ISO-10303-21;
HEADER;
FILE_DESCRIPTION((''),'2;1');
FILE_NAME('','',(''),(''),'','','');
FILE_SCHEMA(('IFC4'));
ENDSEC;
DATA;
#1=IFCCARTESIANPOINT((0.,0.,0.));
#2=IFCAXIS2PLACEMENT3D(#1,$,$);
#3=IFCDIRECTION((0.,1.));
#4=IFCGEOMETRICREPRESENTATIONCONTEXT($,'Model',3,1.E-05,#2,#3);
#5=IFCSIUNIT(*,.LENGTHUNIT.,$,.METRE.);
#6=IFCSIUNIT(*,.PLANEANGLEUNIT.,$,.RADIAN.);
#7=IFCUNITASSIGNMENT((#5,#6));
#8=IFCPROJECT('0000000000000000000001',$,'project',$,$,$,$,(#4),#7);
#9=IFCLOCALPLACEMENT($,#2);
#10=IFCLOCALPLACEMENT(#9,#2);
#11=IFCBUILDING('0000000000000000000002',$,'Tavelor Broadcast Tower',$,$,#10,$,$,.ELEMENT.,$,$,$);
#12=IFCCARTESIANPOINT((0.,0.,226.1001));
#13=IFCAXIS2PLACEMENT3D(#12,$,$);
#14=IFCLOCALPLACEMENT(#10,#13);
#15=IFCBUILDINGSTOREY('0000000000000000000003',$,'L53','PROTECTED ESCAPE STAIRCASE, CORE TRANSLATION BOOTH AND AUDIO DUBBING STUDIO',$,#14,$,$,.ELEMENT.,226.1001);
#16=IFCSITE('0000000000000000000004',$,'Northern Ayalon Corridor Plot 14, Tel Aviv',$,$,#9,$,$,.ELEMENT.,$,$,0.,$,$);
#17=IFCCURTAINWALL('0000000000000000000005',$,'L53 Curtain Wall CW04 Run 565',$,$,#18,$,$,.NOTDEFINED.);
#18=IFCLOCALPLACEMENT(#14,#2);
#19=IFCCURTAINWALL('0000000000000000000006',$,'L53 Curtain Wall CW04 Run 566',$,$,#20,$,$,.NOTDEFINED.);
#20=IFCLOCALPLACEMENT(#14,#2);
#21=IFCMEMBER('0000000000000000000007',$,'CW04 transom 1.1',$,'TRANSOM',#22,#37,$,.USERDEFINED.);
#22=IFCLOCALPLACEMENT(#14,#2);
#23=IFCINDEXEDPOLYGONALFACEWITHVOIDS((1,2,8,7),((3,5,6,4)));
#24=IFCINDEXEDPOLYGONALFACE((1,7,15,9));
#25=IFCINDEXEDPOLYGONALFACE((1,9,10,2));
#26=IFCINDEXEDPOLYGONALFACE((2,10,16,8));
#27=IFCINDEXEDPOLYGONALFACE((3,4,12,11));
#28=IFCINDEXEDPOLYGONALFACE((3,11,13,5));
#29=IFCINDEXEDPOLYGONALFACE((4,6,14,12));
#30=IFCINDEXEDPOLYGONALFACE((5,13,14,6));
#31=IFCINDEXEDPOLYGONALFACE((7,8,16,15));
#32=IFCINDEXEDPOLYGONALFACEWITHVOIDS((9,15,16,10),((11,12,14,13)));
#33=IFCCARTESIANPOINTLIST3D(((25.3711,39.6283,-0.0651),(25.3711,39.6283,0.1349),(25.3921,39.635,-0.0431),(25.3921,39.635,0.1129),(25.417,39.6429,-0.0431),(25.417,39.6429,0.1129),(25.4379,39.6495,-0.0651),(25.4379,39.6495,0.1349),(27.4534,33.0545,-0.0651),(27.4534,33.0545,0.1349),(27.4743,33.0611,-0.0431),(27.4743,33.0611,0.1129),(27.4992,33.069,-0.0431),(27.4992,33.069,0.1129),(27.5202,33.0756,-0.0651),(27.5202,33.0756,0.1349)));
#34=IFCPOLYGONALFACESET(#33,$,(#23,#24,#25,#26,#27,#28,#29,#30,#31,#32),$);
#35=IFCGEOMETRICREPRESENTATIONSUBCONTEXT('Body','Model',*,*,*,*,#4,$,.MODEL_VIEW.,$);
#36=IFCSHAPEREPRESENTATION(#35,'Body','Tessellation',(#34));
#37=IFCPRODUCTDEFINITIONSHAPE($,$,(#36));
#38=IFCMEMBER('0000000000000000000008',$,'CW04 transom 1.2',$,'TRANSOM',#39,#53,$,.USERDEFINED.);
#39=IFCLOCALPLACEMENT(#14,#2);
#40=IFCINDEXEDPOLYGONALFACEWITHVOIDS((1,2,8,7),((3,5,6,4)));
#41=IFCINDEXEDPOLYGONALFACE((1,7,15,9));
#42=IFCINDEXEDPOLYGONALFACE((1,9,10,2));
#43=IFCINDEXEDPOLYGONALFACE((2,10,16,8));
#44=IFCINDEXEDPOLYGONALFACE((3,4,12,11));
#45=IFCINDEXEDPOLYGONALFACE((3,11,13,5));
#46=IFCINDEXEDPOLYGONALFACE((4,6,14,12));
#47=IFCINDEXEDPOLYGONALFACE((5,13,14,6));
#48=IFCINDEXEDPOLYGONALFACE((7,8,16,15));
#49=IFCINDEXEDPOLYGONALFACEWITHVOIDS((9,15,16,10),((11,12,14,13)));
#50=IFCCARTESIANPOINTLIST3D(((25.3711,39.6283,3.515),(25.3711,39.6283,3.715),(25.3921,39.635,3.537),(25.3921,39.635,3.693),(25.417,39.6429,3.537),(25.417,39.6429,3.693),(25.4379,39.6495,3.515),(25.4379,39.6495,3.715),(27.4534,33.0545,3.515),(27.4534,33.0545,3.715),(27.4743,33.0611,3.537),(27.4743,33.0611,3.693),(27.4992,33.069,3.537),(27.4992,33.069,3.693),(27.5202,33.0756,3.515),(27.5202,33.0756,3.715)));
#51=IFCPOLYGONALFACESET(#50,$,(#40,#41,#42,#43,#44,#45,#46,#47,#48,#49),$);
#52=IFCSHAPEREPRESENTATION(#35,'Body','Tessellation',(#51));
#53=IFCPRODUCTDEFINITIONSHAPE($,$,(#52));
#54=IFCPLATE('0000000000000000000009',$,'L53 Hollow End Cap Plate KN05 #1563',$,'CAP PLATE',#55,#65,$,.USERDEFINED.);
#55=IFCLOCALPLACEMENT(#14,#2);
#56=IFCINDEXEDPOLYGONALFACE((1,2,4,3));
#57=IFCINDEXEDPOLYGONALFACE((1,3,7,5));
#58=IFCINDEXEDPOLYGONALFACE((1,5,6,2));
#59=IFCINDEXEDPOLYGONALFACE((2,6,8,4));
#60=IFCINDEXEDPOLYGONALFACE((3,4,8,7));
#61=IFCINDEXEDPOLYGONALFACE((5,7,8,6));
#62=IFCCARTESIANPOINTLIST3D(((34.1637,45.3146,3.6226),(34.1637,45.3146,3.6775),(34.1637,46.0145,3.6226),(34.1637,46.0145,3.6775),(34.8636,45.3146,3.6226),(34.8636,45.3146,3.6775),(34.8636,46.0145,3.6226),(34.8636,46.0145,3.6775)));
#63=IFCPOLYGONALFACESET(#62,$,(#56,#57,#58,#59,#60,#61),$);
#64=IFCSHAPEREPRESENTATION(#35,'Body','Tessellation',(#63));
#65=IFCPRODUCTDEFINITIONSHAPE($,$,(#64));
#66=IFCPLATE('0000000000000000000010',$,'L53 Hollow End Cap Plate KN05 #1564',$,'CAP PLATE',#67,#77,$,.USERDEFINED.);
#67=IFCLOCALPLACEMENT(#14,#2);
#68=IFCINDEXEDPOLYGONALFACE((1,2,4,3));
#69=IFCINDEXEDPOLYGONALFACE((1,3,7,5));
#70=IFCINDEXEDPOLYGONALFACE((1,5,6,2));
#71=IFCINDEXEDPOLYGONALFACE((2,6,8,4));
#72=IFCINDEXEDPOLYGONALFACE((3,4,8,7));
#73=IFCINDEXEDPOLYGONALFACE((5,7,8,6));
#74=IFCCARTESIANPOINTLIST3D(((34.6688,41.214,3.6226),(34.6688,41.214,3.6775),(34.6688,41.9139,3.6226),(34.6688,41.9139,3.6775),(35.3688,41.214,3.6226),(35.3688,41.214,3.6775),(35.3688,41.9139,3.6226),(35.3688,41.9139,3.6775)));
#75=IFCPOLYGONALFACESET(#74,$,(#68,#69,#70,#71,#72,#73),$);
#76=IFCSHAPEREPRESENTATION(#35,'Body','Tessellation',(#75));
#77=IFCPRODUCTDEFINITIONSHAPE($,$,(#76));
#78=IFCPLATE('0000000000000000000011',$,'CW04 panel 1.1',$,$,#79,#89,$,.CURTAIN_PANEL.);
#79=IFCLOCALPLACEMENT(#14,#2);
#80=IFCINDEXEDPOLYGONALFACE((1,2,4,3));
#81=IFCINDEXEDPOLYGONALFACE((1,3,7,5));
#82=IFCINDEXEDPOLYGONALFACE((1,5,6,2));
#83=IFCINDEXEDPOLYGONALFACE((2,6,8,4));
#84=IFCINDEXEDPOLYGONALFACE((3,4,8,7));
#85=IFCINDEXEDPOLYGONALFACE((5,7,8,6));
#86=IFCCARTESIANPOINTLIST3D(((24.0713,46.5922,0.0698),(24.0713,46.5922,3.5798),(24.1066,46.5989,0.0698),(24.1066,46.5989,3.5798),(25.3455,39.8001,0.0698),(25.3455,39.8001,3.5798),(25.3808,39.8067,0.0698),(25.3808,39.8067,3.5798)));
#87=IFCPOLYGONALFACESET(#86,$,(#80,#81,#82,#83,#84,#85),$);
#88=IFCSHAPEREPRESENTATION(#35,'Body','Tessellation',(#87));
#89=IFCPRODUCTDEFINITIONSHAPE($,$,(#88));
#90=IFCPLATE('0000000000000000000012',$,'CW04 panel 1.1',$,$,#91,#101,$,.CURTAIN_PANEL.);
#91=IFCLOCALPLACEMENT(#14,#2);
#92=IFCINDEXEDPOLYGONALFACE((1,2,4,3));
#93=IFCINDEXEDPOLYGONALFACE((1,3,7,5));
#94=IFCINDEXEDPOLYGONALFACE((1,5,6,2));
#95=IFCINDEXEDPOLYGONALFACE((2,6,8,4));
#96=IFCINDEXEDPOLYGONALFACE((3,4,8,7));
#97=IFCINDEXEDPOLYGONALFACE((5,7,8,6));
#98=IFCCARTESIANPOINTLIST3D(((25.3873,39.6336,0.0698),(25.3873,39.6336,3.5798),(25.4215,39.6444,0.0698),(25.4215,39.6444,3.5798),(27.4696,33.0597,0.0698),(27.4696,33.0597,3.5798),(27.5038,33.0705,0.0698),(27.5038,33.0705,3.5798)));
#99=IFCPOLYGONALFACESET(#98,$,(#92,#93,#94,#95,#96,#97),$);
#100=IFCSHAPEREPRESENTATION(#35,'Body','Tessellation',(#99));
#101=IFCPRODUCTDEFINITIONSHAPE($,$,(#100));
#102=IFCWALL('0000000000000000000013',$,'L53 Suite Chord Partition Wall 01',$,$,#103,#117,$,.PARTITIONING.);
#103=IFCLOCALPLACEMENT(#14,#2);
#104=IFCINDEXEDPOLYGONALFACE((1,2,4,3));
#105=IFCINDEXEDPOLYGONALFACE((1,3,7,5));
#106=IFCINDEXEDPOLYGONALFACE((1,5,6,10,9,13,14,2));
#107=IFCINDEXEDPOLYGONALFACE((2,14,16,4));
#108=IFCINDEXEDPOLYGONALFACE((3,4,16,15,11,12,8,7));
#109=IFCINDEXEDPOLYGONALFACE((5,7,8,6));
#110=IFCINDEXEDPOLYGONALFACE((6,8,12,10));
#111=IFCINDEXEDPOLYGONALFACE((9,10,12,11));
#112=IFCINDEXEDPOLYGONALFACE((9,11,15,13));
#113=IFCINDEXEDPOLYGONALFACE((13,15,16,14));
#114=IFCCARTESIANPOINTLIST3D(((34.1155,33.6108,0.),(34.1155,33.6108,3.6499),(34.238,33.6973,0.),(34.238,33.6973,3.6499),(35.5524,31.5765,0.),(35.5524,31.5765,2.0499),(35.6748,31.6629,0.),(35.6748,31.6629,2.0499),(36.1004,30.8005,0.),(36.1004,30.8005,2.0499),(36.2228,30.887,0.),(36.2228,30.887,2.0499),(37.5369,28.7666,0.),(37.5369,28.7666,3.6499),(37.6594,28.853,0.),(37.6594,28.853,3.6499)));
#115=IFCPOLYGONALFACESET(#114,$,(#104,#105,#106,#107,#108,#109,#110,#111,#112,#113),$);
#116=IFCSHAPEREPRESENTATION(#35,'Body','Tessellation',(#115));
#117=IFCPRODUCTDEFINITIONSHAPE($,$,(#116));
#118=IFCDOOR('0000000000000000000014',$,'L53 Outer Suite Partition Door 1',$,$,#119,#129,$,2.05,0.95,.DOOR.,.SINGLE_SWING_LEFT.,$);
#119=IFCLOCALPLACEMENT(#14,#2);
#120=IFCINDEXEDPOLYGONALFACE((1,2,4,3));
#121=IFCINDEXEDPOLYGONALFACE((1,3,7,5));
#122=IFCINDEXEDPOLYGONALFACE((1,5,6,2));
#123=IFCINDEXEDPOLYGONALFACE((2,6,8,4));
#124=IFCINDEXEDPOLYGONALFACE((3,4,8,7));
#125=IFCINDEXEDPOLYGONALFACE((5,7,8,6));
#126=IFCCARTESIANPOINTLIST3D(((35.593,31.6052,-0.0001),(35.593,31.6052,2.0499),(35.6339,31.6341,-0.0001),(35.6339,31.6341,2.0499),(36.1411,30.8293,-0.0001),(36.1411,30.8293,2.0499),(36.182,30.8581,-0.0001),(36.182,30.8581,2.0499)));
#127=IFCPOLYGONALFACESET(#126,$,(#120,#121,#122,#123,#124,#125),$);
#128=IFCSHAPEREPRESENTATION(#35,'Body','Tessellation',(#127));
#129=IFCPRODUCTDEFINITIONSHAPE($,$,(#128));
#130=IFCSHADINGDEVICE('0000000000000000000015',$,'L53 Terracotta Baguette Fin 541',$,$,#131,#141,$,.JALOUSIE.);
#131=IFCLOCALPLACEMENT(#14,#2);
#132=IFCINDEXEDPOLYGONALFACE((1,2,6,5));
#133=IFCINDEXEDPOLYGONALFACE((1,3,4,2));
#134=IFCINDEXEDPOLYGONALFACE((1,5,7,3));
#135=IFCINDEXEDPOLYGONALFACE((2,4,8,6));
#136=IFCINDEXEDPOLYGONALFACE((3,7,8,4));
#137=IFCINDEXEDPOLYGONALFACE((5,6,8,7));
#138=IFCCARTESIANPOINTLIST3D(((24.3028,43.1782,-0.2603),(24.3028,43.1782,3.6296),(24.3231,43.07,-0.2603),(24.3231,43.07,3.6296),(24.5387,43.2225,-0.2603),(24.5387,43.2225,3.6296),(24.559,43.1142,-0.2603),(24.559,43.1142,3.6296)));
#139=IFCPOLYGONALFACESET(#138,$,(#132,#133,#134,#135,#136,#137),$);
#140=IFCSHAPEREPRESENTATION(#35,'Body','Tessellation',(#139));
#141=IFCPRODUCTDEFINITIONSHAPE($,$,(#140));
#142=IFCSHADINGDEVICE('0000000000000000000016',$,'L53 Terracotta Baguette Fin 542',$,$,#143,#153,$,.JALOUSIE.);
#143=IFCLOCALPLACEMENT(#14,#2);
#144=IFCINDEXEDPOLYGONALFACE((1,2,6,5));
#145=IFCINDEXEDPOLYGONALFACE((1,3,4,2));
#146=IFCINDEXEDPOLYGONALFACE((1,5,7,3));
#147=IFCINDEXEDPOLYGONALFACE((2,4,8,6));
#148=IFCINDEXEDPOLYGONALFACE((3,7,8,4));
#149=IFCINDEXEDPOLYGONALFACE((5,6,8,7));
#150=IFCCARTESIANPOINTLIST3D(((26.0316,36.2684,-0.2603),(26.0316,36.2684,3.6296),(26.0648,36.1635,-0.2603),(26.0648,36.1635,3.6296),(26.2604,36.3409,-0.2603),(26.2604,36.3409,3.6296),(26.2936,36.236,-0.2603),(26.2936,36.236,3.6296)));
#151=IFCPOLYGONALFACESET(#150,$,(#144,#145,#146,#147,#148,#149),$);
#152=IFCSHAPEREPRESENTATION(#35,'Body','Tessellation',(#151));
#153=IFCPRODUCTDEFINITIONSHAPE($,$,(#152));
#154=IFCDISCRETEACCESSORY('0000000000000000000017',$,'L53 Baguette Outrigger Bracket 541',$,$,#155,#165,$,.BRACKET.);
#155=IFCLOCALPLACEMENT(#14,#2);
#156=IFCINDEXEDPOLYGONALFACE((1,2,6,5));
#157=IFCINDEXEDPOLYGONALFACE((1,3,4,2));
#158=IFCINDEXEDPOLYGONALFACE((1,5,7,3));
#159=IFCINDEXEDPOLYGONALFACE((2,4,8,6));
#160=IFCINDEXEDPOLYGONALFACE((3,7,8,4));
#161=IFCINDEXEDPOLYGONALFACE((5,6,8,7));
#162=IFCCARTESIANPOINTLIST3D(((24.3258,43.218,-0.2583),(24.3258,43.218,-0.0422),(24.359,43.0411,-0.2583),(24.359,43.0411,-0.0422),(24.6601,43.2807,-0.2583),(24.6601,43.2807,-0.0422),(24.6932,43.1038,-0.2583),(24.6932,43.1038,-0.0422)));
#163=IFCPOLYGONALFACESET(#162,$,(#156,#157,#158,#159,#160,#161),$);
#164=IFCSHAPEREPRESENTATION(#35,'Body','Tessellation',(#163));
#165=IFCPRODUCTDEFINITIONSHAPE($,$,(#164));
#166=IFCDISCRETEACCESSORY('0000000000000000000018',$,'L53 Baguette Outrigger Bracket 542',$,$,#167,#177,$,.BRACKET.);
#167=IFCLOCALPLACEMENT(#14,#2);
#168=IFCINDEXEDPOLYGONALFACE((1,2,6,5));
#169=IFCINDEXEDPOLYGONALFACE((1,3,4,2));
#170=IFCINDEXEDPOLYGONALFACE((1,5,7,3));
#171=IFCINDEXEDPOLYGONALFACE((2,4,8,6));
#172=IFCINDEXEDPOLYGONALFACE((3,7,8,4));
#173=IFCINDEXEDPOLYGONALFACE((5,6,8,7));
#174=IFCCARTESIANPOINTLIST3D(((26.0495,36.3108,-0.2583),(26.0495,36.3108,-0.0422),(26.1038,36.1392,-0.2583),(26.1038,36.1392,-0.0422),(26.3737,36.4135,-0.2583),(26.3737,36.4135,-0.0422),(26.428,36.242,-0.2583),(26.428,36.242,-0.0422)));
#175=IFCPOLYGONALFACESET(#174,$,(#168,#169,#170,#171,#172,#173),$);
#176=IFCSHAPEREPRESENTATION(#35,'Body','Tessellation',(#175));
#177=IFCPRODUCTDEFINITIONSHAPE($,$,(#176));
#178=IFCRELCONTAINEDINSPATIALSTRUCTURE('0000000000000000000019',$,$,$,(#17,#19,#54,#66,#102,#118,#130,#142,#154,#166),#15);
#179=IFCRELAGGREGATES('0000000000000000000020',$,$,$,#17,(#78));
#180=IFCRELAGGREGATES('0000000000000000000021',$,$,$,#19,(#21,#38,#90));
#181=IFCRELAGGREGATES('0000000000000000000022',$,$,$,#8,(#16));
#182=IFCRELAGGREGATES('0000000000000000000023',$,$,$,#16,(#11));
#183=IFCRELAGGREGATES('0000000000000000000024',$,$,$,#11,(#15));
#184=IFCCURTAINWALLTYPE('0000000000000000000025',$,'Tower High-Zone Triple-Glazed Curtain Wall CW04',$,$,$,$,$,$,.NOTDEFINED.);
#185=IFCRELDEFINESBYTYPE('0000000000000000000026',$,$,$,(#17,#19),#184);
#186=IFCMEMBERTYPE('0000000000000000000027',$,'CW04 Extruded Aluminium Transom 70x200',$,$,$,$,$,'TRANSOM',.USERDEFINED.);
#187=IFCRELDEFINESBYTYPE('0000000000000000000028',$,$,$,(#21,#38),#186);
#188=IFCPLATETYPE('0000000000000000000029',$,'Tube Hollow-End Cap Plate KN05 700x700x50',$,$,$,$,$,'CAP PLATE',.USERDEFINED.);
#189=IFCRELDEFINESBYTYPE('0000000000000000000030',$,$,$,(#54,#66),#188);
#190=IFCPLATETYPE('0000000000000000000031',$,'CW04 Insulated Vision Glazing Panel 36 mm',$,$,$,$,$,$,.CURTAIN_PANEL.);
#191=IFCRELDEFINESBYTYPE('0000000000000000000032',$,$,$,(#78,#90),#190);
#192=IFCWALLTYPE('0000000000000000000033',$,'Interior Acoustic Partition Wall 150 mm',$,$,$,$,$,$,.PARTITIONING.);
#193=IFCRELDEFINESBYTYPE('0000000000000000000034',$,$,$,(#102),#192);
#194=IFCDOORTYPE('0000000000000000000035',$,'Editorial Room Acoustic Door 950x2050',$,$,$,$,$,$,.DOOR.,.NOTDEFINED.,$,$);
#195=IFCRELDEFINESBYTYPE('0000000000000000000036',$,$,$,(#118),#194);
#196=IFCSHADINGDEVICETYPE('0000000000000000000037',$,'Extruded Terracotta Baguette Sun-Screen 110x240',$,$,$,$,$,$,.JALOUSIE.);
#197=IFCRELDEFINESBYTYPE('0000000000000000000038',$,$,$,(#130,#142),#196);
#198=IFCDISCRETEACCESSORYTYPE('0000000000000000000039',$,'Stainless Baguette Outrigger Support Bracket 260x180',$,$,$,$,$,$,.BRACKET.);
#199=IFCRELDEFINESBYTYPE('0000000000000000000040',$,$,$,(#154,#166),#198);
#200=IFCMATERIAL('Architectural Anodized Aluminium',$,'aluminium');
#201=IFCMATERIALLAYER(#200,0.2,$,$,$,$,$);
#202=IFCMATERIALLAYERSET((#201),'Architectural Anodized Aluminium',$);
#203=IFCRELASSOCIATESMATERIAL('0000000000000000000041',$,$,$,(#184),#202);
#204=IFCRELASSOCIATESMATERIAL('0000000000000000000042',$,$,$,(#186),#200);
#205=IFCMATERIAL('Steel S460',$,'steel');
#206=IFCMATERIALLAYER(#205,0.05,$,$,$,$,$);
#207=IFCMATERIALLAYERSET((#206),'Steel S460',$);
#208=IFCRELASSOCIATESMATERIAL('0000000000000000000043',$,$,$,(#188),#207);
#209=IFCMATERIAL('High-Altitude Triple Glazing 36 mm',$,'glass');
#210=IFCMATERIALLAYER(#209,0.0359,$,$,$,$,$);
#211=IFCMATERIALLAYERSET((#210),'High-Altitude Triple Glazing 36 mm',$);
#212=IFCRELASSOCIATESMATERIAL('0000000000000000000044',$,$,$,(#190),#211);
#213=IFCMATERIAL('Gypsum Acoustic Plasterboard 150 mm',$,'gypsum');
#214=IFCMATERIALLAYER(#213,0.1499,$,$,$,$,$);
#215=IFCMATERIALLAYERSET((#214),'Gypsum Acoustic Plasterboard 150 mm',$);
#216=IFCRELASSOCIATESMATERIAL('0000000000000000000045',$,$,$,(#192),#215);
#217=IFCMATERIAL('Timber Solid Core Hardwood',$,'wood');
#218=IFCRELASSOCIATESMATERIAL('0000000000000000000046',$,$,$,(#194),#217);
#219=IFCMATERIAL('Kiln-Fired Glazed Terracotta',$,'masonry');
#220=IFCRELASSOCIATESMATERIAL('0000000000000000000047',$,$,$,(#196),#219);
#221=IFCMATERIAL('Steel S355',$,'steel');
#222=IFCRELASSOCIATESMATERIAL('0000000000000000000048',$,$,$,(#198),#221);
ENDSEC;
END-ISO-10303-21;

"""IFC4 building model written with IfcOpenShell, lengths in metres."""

from ifc_helpers import new_model, si_unit, direction, frame, frame_2d, origin, origin_2d, place, context, subcontext, project, spatial, rectangle, hollow_rectangle, extrude, source, transform, mapped, material, layer, layer_set, material_profile, profile_set, type_object, type_shapes, element, fill, aggregate, save


model = new_model("IFC4")

# Units and contexts
model_context = context("Model", 3, precision=1e-05, world=origin(), true_north=direction((0.0, 1.0)))
body_context = subcontext(model_context, "Body", "Model", "MODEL_VIEW")
ifc_project = project(units=[si_unit("LENGTHUNIT", "METRE"), si_unit("PLANEANGLEUNIT", "RADIAN")], contexts=[model_context])

# Site, building, storey
site_placement = place(None, origin())
site = spatial("IfcSite", under=ifc_project, at=site_placement, Name="Northern Ayalon Corridor Plot 14, Tel Aviv", CompositionType="ELEMENT", RefElevation=0.0)
building_placement = place(site_placement, origin())
building = spatial("IfcBuilding", under=site, at=building_placement, Name="Tavelor Broadcast Tower", CompositionType="ELEMENT")
storey_placement = place(building_placement, frame((0.0, 0.0, 226.1001)))
storey = spatial("IfcBuildingStorey", under=building, at=storey_placement, Name="L53", Description="PROTECTED ESCAPE STAIRCASE, CORE TRANSLATION BOOTH AND AUDIO DUBBING STUDIO", CompositionType="ELEMENT", Elevation=226.1001)

# Shared definitions
ifc_material_1 = material(Name="Steel S460", Category="steel")

# Shared definitions
ifc_material_2 = material(Name="Steel S355", Category="steel")

# Curtain walls
ifc_material_3 = material(Name="Architectural Anodized Aluminium", Category="aluminium")
ifc_layer_1 = layer(ifc_material_3, 0.2)
ifc_layer_set_1 = layer_set([ifc_layer_1], Name="Architectural Anodized Aluminium")
curtain_wall_type = type_object("IfcCurtainWallType", Name="Tower High-Zone Triple-Glazed Curtain Wall CW04", PredefinedType="NOTDEFINED", material=ifc_layer_set_1)
curtain_wall_1_placement = place(storey_placement, origin())
curtain_wall_1 = element("IfcCurtainWall", 1, at=curtain_wall_1_placement, inside=storey, type_object=curtain_wall_type, Name="L53 Curtain Wall CW04 Run 565", PredefinedType="NOTDEFINED")
curtain_wall_2_placement = place(storey_placement, origin())
curtain_wall_2 = element("IfcCurtainWall", 2, at=curtain_wall_2_placement, inside=storey, type_object=curtain_wall_type, Name="L53 Curtain Wall CW04 Run 566", PredefinedType="NOTDEFINED")

# Members
ifc_material_profile_1 = material_profile(ifc_material_3, hollow_rectangle(XDim=0.0701, YDim=0.2, WallThickness=0.022, at=origin_2d()), Name="RHS 70x200x22")
ifc_profile_set_1 = profile_set([ifc_material_profile_1], Name="Architectural Anodized Aluminium")
member_type_1 = type_object("IfcMemberType", Name="CW04 Extruded Aluminium Transom 70x200", ElementType="TRANSOM", PredefinedType="USERDEFINED", material=ifc_profile_set_1)
shared_shape_1 = source(origin(), body_context, "Body", "SweptSolid", [
    extrude(hollow_rectangle(XDim=0.0701, YDim=0.2, WallThickness=0.022, at=origin_2d()), origin(), (0.0, 0.0, 1.0), 6.8958),
])
member_1_placement = place(storey_placement, frame((25.4045, 39.6389, 0.0349), z_axis=(0.30196, -0.953321, 0.0), x_axis=(0.953321, 0.30196, 0.0)))
member_1 = element("IfcMember", 3, at=member_1_placement, type_object=member_type_1, Name="CW04 transom 1.1", ObjectType="TRANSOM", PredefinedType="USERDEFINED", context=body_context, shape_type="MappedRepresentation", body=[
    mapped(shared_shape_1, transform((0.0, 0.0, 0.0), scale=1.0)),
])
member_2_placement = place(storey_placement, frame((25.4045, 39.6389, 3.615), z_axis=(0.30196, -0.953321, 0.0), x_axis=(0.953321, 0.30196, 0.0)))
member_2 = element("IfcMember", 4, at=member_2_placement, type_object=member_type_1, Name="CW04 transom 1.2", ObjectType="TRANSOM", PredefinedType="USERDEFINED", context=body_context, shape_type="MappedRepresentation", body=[
    mapped(shared_shape_1, transform((0.0, 0.0, 0.0), scale=1.0)),
])

# Plates
ifc_layer_2 = layer(ifc_material_1, 0.05)
ifc_layer_set_2 = layer_set([ifc_layer_2], Name="Steel S460")
plate_type_1 = type_object("IfcPlateType", Name="Tube Hollow-End Cap Plate KN05 700x700x50", ElementType="CAP PLATE", PredefinedType="USERDEFINED", material=ifc_layer_set_2)
shared_shape_2 = source(origin(), body_context, "Body", "SweptSolid", [
    extrude(rectangle(XDim=0.7, YDim=0.7, at=origin_2d()), origin(), (0.0, 0.0, 1.0), 0.0549),
])
type_shapes(plate_type_1, [shared_shape_2])
for number, where, z_axis, x_axis, name in (
    (5, (34.5137, 45.6646, 3.6226), (0.0, 0.0, 1.0), (1.0, 0.0, 0.0), "L53 Hollow End Cap Plate KN05 #1563"),
    (6, (35.0188, 41.564, 3.6226), (0.0, 0.0, 1.0), (1.0, 0.0, 0.0), "L53 Hollow End Cap Plate KN05 #1564"),
):
    element("IfcPlate", number, at=place(storey_placement, frame(where, z_axis=z_axis, x_axis=x_axis)), inside=storey, type_object=plate_type_1, Name=name, ObjectType="CAP PLATE", PredefinedType="USERDEFINED", context=body_context, shape_type="MappedRepresentation", body=[
        mapped(shared_shape_2, transform((0.0, 0.0, 0.0), scale=1.0)),
    ])

# Plates
ifc_material_4 = material(Name="High-Altitude Triple Glazing 36 mm", Category="glass")
ifc_layer_3 = layer(ifc_material_4, 0.0359)
ifc_layer_set_3 = layer_set([ifc_layer_3], Name="High-Altitude Triple Glazing 36 mm")
plate_type_2 = type_object("IfcPlateType", Name="CW04 Insulated Vision Glazing Panel 36 mm", PredefinedType="CURTAIN_PANEL", material=ifc_layer_set_3)
shared_shape_3 = source(origin(), body_context, "Body", "SweptSolid", [
    extrude(rectangle(XDim=6.9106, YDim=0.0359, at=origin_2d()), origin(), (0.0, 0.0, 1.0), 3.51),
])
plate_1_placement = place(storey_placement, frame((24.7261, 43.1995, 0.0698), z_axis=(0.0, 0.0, 1.0), x_axis=(0.184379, -0.982855, 0.0)))
plate_1 = element("IfcPlate", 7, at=plate_1_placement, type_object=plate_type_2, Name="CW04 panel 1.1", PredefinedType="CURTAIN_PANEL", context=body_context, shape_type="MappedRepresentation", body=[
    mapped(shared_shape_3, transform((0.0, 0.0, 0.0), scale=1.0)),
])
aggregate(curtain_wall_1, [plate_1])
shared_shape_4 = source(origin(), body_context, "Body", "SweptSolid", [
    extrude(rectangle(XDim=6.8958, YDim=0.0359, at=origin_2d()), origin(), (0.0, 0.0, 1.0), 3.51),
])
type_shapes(plate_type_2, [shared_shape_3, shared_shape_4])
plate_2_placement = place(storey_placement, frame((26.4456, 36.3521, 0.0698), z_axis=(0.0, 0.0, 1.0), x_axis=(0.301959, -0.953321, 0.0)))
plate_2 = element("IfcPlate", 8, at=plate_2_placement, type_object=plate_type_2, Name="CW04 panel 1.1", PredefinedType="CURTAIN_PANEL", context=body_context, shape_type="MappedRepresentation", body=[
    mapped(shared_shape_4, transform((0.0, 0.0, 0.0), scale=1.0)),
])
aggregate(curtain_wall_2, [member_1, member_2, plate_2])

# Wall, opening, door
ifc_material_5 = material(Name="Gypsum Acoustic Plasterboard 150 mm", Category="gypsum")
ifc_layer_4 = layer(ifc_material_5, 0.1499)
ifc_layer_set_4 = layer_set([ifc_layer_4], Name="Gypsum Acoustic Plasterboard 150 mm")
wall_type = type_object("IfcWallType", Name="Interior Acoustic Partition Wall 150 mm", PredefinedType="PARTITIONING", material=ifc_layer_set_4)
wall_placement = place(storey_placement, frame((34.1768, 33.6541, 0.0), z_axis=(0.0, 0.0, 1.0), x_axis=(0.5769, -0.816815, 0.0)))
wall = element("IfcWall", 9, at=wall_placement, inside=storey, type_object=wall_type, Name="L53 Suite Chord Partition Wall 01", PredefinedType="PARTITIONING", context=body_context, shape_type="SweptSolid", body=[
    extrude(rectangle(XDim=5.9307, YDim=0.1499, at=frame_2d((2.9653, 0.0))), origin(), (0.0, 0.0, 1.0), 3.6499),
])
opening_placement = place(wall_placement, frame((2.4905, 0.0, 0.0)))
opening = element("IfcOpeningElement", 10, at=opening_placement, cuts=wall, PredefinedType="OPENING", context=body_context, shape_type="SweptSolid", body=[
    extrude(rectangle(XDim=0.95, YDim=2.05, at=frame_2d((0.4751, 1.0249))), frame((0.0, 0.085, 0.0), z_axis=(0.0, -1.0, 0.0), x_axis=(1.0, 0.0, 0.0)), (0.0, 0.0, 1.0), 0.1699),
])
ifc_material_6 = material(Name="Timber Solid Core Hardwood", Category="wood")
door_type = type_object("IfcDoorType", Name="Editorial Room Acoustic Door 950x2050", OperationType="NOTDEFINED", PredefinedType="DOOR", material=ifc_material_6)
door_placement = place(opening_placement, origin())
door = element("IfcDoor", 11, at=door_placement, inside=storey, type_object=door_type, Name="L53 Outer Suite Partition Door 1", OperationType="SINGLE_SWING_LEFT", OverallHeight=2.05, OverallWidth=0.95, PredefinedType="DOOR", context=body_context, shape_type="SweptSolid", body=[
    extrude(rectangle(XDim=0.95, YDim=2.05, at=frame_2d((0.4751, 1.0249))), frame((0.0, 0.0249, 0.0), z_axis=(0.0, -1.0, 0.0), x_axis=(1.0, 0.0, 0.0)), (0.0, 0.0, 1.0), 0.05),
])
fill(opening, door)

# Shading devices
ifc_material_7 = material(Name="Kiln-Fired Glazed Terracotta", Category="masonry")
shading_device_type = type_object("IfcShadingDeviceType", Name="Extruded Terracotta Baguette Sun-Screen 110x240", PredefinedType="JALOUSIE", material=ifc_material_7)
shared_shape_5 = source(origin(), body_context, "Body", "SweptSolid", [
    extrude(rectangle(XDim=0.1101, YDim=0.24, at=origin_2d()), origin(), (0.0, 0.0, 1.0), 3.8899),
])
type_shapes(shading_device_type, [shared_shape_5])
for number, where, z_axis, x_axis, name in (
    (12, (24.4309, 43.1462, -0.2603), (0.0, 0.0, 1.0), (0.184294, -0.982871, 0.0), "L53 Terracotta Baguette Fin 541"),
    (13, (26.1626, 36.2522, -0.2603), (0.0, 0.0, 1.0), (0.302037, -0.953296, 0.0), "L53 Terracotta Baguette Fin 542"),
):
    element("IfcShadingDevice", number, at=place(storey_placement, frame(where, z_axis=z_axis, x_axis=x_axis)), inside=storey, type_object=shading_device_type, Name=name, PredefinedType="JALOUSIE", context=body_context, shape_type="MappedRepresentation", body=[
        mapped(shared_shape_5, transform((0.0, 0.0, 0.0), scale=1.0)),
    ])

# Discrete accessories
discrete_accessory_type = type_object("IfcDiscreteAccessoryType", Name="Stainless Baguette Outrigger Support Bracket 260x180", PredefinedType="BRACKET", material=ifc_material_2)
shared_shape_6 = source(origin(), body_context, "Body", "SweptSolid", [
    extrude(rectangle(XDim=0.1799, YDim=0.3401, at=origin_2d()), origin(), (0.0, 0.0, 1.0), 0.2161),
])
type_shapes(discrete_accessory_type, [shared_shape_6])
for number, where, z_axis, x_axis, name in (
    (14, (24.5095, 43.1609, -0.2583), (0.0, 0.0, 1.0), (0.184294, -0.982871, 0.0), "L53 Baguette Outrigger Bracket 541"),
    (15, (26.2388, 36.2764, -0.2583), (0.0, 0.0, 1.0), (0.302037, -0.953296, 0.0), "L53 Baguette Outrigger Bracket 542"),
):
    element("IfcDiscreteAccessory", number, at=place(storey_placement, frame(where, z_axis=z_axis, x_axis=x_axis)), inside=storey, type_object=discrete_accessory_type, Name=name, PredefinedType="BRACKET", context=body_context, shape_type="MappedRepresentation", body=[
        mapped(shared_shape_6, transform((0.0, 0.0, 0.0), scale=1.0)),
    ])

save(model, "model.ifc")
